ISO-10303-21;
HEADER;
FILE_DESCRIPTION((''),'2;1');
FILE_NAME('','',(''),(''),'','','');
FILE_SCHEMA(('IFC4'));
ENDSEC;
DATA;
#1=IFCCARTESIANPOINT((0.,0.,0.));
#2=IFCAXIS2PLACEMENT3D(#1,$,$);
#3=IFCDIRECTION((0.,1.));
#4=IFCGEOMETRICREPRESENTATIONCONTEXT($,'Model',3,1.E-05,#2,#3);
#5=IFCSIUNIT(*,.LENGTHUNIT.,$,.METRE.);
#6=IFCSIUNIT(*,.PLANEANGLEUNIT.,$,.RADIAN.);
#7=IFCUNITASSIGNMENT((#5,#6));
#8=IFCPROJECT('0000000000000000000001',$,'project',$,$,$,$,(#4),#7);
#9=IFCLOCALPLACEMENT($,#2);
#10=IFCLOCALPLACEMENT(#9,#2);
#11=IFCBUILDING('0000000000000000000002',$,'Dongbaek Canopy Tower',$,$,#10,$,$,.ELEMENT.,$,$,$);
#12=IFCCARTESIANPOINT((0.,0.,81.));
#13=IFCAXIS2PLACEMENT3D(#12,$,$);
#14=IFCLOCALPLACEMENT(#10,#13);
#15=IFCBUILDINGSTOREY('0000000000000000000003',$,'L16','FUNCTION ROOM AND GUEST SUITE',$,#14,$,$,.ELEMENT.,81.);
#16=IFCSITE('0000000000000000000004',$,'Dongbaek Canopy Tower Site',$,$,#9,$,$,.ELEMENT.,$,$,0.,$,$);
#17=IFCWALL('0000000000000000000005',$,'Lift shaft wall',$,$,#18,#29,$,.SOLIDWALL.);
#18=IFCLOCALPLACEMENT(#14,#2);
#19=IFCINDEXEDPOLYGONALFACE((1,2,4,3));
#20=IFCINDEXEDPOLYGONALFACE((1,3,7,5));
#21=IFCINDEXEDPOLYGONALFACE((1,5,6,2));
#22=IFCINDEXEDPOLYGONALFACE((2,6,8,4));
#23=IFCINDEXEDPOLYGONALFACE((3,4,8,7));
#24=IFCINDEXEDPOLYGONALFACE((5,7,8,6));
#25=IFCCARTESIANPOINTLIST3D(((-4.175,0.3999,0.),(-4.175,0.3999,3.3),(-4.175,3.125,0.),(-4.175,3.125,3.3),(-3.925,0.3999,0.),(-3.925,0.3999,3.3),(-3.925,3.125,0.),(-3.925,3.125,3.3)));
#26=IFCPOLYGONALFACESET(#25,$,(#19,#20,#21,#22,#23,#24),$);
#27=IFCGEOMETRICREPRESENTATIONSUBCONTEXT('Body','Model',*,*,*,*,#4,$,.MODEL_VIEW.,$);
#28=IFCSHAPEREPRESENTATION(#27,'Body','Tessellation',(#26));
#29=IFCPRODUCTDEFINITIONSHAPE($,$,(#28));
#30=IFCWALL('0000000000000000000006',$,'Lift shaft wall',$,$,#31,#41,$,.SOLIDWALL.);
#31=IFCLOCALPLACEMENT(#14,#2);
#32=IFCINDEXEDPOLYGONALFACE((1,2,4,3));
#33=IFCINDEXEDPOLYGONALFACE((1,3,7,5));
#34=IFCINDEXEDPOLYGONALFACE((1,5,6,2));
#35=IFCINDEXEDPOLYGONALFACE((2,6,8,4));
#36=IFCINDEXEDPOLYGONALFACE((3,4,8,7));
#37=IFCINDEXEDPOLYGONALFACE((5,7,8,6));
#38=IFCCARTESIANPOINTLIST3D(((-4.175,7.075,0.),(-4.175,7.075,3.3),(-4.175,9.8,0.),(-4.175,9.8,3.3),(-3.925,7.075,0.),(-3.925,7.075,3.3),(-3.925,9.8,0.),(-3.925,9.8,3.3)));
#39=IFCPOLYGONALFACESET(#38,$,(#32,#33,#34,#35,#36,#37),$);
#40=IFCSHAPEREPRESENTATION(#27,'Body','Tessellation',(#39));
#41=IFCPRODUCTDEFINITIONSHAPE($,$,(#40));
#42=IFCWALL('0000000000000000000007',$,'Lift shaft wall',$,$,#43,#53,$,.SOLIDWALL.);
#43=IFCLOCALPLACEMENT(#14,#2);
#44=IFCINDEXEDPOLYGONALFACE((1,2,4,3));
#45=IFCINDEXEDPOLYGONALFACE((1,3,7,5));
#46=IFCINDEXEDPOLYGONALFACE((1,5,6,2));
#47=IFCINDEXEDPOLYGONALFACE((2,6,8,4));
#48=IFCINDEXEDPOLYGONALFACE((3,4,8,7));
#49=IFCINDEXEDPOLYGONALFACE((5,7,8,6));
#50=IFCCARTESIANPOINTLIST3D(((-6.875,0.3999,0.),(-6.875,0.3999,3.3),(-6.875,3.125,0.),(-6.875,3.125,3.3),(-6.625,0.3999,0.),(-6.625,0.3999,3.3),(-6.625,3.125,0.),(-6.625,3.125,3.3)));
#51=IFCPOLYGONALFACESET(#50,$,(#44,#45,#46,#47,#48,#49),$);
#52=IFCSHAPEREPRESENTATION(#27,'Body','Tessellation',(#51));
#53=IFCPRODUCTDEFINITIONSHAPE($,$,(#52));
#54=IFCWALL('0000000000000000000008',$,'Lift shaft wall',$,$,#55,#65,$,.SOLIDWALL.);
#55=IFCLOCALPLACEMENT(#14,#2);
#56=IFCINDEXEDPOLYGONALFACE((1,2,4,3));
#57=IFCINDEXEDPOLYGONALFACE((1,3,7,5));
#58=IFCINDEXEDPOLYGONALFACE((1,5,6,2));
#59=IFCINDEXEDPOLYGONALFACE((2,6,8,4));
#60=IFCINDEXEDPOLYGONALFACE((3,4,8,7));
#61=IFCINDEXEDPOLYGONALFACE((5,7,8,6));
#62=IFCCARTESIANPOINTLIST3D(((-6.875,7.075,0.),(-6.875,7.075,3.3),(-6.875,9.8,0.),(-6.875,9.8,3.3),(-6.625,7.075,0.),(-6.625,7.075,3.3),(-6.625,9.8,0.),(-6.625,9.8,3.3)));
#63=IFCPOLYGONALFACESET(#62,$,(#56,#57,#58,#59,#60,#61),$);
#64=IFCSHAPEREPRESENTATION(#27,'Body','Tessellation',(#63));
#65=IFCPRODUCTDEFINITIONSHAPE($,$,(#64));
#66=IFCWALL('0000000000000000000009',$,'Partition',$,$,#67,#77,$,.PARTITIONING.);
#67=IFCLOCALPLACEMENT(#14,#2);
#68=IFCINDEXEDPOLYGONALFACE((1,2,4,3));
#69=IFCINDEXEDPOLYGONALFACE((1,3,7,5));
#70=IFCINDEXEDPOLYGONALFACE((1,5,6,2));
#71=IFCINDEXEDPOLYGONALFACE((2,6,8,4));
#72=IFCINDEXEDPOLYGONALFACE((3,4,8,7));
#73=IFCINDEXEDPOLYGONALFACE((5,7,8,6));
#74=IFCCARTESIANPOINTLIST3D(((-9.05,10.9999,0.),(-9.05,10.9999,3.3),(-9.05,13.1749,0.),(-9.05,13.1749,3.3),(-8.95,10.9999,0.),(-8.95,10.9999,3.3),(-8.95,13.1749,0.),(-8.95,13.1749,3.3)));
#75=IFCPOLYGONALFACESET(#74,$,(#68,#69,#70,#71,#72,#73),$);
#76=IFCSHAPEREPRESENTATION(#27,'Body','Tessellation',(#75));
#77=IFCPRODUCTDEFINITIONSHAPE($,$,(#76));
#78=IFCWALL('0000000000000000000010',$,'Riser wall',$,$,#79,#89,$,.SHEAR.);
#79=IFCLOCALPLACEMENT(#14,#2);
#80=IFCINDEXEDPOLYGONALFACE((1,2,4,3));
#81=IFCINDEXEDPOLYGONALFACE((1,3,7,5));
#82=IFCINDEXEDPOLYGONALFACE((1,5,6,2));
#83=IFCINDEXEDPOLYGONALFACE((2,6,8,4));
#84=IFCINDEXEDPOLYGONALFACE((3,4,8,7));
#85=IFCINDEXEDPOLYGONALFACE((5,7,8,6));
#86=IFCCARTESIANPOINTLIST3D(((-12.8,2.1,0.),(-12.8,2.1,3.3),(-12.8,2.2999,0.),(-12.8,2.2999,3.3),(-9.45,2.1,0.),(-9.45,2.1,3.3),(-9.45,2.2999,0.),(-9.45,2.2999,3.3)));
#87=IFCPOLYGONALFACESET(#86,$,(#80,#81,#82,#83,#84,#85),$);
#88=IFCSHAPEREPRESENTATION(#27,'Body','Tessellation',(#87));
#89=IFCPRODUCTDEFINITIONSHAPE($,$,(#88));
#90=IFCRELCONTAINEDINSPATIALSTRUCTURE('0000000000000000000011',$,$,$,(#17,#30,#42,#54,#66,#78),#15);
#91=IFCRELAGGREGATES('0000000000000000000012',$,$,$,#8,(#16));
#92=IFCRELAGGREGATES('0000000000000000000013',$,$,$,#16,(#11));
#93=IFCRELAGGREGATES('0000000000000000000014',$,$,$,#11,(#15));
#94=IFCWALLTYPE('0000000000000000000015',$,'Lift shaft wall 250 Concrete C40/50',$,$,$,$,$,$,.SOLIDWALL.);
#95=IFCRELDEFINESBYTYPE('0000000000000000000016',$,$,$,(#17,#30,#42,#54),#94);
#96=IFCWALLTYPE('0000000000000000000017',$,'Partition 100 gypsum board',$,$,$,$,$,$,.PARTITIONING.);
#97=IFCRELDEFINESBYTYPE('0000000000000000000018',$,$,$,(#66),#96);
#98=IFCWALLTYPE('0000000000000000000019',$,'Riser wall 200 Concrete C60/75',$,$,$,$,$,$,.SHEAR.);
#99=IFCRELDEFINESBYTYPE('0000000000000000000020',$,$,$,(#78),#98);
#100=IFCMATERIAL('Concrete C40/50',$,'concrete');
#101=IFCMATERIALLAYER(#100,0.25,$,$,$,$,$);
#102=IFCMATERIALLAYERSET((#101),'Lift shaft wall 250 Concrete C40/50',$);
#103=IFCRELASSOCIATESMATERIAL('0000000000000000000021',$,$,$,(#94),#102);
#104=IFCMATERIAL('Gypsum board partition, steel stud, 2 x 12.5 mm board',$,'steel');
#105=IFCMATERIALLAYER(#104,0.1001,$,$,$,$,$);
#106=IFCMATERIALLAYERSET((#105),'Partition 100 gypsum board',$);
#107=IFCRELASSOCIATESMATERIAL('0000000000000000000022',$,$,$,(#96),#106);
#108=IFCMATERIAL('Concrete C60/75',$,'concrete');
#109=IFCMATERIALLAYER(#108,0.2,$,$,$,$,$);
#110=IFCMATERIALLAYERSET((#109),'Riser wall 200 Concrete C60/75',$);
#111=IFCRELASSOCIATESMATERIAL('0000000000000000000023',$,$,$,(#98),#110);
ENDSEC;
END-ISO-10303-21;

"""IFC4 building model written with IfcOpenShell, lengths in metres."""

from ifc_helpers import new_model, si_unit, direction, frame, frame_2d, origin, place, context, subcontext, project, spatial, rectangle, extrude, material, layer, layer_set, type_object, element, save


model = new_model("IFC4")

# Units and contexts
model_context = context("Model", 3, precision=1e-05, world=origin(), true_north=direction((0.0, 1.0)))
body_context = subcontext(model_context, "Body", "Model", "MODEL_VIEW")
ifc_project = project(units=[si_unit("LENGTHUNIT", "METRE"), si_unit("PLANEANGLEUNIT", "RADIAN")], contexts=[model_context])

# Site, building, storey
site_placement = place(None, origin())
site = spatial("IfcSite", under=ifc_project, at=site_placement, Name="Dongbaek Canopy Tower Site", CompositionType="ELEMENT", RefElevation=0.0)
building_placement = place(site_placement, origin())
building = spatial("IfcBuilding", under=site, at=building_placement, Name="Dongbaek Canopy Tower", CompositionType="ELEMENT")
storey_placement = place(building_placement, frame((0.0, 0.0, 81.0)))
storey = spatial("IfcBuildingStorey", under=building, at=storey_placement, Name="L16", Description="FUNCTION ROOM AND GUEST SUITE", CompositionType="ELEMENT", Elevation=81.0)

# Walls
ifc_material_1 = material(Name="Concrete C40/50", Category="concrete")
ifc_layer_1 = layer(ifc_material_1, 0.25)
ifc_layer_set_1 = layer_set([ifc_layer_1], Name="Lift shaft wall 250 Concrete C40/50")
wall_type_1 = type_object("IfcWallType", Name="Lift shaft wall 250 Concrete C40/50", PredefinedType="SOLIDWALL", material=ifc_layer_set_1)
for number, where, z_axis, x_axis, name in (
    (1, (-4.05, 0.3999, 0.0), (0.0, 0.0, 1.0), (0.0, 1.0, 0.0), "Lift shaft wall"),
    (2, (-4.05, 7.075, 0.0), (0.0, 0.0, 1.0), (0.0, 1.0, 0.0), "Lift shaft wall"),
    (3, (-6.75, 0.3999, 0.0), (0.0, 0.0, 1.0), (0.0, 1.0, 0.0), "Lift shaft wall"),
    (4, (-6.75, 7.075, 0.0), (0.0, 0.0, 1.0), (0.0, 1.0, 0.0), "Lift shaft wall"),
):
    element("IfcWall", number, at=place(storey_placement, frame(where, z_axis=z_axis, x_axis=x_axis)), inside=storey, type_object=wall_type_1, Name=name, PredefinedType="SOLIDWALL", context=body_context, shape_type="SweptSolid", body=[
        extrude(rectangle(XDim=2.7251, YDim=0.25, at=frame_2d((1.3625, 0.0))), origin(), (0.0, 0.0, 1.0), 3.3),
    ])
ifc_material_2 = material(Name="Gypsum board partition, steel stud, 2 x 12.5 mm board", Category="steel")
ifc_layer_2 = layer(ifc_material_2, 0.1001)
ifc_layer_set_2 = layer_set([ifc_layer_2], Name="Partition 100 gypsum board")
wall_type_2 = type_object("IfcWallType", Name="Partition 100 gypsum board", PredefinedType="PARTITIONING", material=ifc_layer_set_2)
wall_1_placement = place(storey_placement, frame((-9.0, 11.0, 0.0), z_axis=(0.0, 0.0, 1.0), x_axis=(0.0, 1.0, 0.0)))
element("IfcWall", 5, at=wall_1_placement, inside=storey, type_object=wall_type_2, Name="Partition", PredefinedType="PARTITIONING", context=body_context, shape_type="SweptSolid", body=[
    extrude(rectangle(XDim=2.175, YDim=0.1001, at=frame_2d((1.0874, 0.0))), origin(), (0.0, 0.0, 1.0), 3.3),
])
ifc_material_3 = material(Name="Concrete C60/75", Category="concrete")
ifc_layer_3 = layer(ifc_material_3, 0.2)
ifc_layer_set_3 = layer_set([ifc_layer_3], Name="Riser wall 200 Concrete C60/75")
wall_type_3 = type_object("IfcWallType", Name="Riser wall 200 Concrete C60/75", PredefinedType="SHEAR", material=ifc_layer_set_3)
wall_2_placement = place(storey_placement, frame((-9.45, 2.2, 0.0), z_axis=(0.0, 0.0, 1.0), x_axis=(-1.0, 0.0, 0.0)))
element("IfcWall", 6, at=wall_2_placement, inside=storey, type_object=wall_type_3, Name="Riser wall", PredefinedType="SHEAR", context=body_context, shape_type="SweptSolid", body=[
    extrude(rectangle(XDim=3.3501, YDim=0.2, at=frame_2d((1.675, 0.0))), origin(), (0.0, 0.0, 1.0), 3.3),
])

save(model, "model.ifc")
